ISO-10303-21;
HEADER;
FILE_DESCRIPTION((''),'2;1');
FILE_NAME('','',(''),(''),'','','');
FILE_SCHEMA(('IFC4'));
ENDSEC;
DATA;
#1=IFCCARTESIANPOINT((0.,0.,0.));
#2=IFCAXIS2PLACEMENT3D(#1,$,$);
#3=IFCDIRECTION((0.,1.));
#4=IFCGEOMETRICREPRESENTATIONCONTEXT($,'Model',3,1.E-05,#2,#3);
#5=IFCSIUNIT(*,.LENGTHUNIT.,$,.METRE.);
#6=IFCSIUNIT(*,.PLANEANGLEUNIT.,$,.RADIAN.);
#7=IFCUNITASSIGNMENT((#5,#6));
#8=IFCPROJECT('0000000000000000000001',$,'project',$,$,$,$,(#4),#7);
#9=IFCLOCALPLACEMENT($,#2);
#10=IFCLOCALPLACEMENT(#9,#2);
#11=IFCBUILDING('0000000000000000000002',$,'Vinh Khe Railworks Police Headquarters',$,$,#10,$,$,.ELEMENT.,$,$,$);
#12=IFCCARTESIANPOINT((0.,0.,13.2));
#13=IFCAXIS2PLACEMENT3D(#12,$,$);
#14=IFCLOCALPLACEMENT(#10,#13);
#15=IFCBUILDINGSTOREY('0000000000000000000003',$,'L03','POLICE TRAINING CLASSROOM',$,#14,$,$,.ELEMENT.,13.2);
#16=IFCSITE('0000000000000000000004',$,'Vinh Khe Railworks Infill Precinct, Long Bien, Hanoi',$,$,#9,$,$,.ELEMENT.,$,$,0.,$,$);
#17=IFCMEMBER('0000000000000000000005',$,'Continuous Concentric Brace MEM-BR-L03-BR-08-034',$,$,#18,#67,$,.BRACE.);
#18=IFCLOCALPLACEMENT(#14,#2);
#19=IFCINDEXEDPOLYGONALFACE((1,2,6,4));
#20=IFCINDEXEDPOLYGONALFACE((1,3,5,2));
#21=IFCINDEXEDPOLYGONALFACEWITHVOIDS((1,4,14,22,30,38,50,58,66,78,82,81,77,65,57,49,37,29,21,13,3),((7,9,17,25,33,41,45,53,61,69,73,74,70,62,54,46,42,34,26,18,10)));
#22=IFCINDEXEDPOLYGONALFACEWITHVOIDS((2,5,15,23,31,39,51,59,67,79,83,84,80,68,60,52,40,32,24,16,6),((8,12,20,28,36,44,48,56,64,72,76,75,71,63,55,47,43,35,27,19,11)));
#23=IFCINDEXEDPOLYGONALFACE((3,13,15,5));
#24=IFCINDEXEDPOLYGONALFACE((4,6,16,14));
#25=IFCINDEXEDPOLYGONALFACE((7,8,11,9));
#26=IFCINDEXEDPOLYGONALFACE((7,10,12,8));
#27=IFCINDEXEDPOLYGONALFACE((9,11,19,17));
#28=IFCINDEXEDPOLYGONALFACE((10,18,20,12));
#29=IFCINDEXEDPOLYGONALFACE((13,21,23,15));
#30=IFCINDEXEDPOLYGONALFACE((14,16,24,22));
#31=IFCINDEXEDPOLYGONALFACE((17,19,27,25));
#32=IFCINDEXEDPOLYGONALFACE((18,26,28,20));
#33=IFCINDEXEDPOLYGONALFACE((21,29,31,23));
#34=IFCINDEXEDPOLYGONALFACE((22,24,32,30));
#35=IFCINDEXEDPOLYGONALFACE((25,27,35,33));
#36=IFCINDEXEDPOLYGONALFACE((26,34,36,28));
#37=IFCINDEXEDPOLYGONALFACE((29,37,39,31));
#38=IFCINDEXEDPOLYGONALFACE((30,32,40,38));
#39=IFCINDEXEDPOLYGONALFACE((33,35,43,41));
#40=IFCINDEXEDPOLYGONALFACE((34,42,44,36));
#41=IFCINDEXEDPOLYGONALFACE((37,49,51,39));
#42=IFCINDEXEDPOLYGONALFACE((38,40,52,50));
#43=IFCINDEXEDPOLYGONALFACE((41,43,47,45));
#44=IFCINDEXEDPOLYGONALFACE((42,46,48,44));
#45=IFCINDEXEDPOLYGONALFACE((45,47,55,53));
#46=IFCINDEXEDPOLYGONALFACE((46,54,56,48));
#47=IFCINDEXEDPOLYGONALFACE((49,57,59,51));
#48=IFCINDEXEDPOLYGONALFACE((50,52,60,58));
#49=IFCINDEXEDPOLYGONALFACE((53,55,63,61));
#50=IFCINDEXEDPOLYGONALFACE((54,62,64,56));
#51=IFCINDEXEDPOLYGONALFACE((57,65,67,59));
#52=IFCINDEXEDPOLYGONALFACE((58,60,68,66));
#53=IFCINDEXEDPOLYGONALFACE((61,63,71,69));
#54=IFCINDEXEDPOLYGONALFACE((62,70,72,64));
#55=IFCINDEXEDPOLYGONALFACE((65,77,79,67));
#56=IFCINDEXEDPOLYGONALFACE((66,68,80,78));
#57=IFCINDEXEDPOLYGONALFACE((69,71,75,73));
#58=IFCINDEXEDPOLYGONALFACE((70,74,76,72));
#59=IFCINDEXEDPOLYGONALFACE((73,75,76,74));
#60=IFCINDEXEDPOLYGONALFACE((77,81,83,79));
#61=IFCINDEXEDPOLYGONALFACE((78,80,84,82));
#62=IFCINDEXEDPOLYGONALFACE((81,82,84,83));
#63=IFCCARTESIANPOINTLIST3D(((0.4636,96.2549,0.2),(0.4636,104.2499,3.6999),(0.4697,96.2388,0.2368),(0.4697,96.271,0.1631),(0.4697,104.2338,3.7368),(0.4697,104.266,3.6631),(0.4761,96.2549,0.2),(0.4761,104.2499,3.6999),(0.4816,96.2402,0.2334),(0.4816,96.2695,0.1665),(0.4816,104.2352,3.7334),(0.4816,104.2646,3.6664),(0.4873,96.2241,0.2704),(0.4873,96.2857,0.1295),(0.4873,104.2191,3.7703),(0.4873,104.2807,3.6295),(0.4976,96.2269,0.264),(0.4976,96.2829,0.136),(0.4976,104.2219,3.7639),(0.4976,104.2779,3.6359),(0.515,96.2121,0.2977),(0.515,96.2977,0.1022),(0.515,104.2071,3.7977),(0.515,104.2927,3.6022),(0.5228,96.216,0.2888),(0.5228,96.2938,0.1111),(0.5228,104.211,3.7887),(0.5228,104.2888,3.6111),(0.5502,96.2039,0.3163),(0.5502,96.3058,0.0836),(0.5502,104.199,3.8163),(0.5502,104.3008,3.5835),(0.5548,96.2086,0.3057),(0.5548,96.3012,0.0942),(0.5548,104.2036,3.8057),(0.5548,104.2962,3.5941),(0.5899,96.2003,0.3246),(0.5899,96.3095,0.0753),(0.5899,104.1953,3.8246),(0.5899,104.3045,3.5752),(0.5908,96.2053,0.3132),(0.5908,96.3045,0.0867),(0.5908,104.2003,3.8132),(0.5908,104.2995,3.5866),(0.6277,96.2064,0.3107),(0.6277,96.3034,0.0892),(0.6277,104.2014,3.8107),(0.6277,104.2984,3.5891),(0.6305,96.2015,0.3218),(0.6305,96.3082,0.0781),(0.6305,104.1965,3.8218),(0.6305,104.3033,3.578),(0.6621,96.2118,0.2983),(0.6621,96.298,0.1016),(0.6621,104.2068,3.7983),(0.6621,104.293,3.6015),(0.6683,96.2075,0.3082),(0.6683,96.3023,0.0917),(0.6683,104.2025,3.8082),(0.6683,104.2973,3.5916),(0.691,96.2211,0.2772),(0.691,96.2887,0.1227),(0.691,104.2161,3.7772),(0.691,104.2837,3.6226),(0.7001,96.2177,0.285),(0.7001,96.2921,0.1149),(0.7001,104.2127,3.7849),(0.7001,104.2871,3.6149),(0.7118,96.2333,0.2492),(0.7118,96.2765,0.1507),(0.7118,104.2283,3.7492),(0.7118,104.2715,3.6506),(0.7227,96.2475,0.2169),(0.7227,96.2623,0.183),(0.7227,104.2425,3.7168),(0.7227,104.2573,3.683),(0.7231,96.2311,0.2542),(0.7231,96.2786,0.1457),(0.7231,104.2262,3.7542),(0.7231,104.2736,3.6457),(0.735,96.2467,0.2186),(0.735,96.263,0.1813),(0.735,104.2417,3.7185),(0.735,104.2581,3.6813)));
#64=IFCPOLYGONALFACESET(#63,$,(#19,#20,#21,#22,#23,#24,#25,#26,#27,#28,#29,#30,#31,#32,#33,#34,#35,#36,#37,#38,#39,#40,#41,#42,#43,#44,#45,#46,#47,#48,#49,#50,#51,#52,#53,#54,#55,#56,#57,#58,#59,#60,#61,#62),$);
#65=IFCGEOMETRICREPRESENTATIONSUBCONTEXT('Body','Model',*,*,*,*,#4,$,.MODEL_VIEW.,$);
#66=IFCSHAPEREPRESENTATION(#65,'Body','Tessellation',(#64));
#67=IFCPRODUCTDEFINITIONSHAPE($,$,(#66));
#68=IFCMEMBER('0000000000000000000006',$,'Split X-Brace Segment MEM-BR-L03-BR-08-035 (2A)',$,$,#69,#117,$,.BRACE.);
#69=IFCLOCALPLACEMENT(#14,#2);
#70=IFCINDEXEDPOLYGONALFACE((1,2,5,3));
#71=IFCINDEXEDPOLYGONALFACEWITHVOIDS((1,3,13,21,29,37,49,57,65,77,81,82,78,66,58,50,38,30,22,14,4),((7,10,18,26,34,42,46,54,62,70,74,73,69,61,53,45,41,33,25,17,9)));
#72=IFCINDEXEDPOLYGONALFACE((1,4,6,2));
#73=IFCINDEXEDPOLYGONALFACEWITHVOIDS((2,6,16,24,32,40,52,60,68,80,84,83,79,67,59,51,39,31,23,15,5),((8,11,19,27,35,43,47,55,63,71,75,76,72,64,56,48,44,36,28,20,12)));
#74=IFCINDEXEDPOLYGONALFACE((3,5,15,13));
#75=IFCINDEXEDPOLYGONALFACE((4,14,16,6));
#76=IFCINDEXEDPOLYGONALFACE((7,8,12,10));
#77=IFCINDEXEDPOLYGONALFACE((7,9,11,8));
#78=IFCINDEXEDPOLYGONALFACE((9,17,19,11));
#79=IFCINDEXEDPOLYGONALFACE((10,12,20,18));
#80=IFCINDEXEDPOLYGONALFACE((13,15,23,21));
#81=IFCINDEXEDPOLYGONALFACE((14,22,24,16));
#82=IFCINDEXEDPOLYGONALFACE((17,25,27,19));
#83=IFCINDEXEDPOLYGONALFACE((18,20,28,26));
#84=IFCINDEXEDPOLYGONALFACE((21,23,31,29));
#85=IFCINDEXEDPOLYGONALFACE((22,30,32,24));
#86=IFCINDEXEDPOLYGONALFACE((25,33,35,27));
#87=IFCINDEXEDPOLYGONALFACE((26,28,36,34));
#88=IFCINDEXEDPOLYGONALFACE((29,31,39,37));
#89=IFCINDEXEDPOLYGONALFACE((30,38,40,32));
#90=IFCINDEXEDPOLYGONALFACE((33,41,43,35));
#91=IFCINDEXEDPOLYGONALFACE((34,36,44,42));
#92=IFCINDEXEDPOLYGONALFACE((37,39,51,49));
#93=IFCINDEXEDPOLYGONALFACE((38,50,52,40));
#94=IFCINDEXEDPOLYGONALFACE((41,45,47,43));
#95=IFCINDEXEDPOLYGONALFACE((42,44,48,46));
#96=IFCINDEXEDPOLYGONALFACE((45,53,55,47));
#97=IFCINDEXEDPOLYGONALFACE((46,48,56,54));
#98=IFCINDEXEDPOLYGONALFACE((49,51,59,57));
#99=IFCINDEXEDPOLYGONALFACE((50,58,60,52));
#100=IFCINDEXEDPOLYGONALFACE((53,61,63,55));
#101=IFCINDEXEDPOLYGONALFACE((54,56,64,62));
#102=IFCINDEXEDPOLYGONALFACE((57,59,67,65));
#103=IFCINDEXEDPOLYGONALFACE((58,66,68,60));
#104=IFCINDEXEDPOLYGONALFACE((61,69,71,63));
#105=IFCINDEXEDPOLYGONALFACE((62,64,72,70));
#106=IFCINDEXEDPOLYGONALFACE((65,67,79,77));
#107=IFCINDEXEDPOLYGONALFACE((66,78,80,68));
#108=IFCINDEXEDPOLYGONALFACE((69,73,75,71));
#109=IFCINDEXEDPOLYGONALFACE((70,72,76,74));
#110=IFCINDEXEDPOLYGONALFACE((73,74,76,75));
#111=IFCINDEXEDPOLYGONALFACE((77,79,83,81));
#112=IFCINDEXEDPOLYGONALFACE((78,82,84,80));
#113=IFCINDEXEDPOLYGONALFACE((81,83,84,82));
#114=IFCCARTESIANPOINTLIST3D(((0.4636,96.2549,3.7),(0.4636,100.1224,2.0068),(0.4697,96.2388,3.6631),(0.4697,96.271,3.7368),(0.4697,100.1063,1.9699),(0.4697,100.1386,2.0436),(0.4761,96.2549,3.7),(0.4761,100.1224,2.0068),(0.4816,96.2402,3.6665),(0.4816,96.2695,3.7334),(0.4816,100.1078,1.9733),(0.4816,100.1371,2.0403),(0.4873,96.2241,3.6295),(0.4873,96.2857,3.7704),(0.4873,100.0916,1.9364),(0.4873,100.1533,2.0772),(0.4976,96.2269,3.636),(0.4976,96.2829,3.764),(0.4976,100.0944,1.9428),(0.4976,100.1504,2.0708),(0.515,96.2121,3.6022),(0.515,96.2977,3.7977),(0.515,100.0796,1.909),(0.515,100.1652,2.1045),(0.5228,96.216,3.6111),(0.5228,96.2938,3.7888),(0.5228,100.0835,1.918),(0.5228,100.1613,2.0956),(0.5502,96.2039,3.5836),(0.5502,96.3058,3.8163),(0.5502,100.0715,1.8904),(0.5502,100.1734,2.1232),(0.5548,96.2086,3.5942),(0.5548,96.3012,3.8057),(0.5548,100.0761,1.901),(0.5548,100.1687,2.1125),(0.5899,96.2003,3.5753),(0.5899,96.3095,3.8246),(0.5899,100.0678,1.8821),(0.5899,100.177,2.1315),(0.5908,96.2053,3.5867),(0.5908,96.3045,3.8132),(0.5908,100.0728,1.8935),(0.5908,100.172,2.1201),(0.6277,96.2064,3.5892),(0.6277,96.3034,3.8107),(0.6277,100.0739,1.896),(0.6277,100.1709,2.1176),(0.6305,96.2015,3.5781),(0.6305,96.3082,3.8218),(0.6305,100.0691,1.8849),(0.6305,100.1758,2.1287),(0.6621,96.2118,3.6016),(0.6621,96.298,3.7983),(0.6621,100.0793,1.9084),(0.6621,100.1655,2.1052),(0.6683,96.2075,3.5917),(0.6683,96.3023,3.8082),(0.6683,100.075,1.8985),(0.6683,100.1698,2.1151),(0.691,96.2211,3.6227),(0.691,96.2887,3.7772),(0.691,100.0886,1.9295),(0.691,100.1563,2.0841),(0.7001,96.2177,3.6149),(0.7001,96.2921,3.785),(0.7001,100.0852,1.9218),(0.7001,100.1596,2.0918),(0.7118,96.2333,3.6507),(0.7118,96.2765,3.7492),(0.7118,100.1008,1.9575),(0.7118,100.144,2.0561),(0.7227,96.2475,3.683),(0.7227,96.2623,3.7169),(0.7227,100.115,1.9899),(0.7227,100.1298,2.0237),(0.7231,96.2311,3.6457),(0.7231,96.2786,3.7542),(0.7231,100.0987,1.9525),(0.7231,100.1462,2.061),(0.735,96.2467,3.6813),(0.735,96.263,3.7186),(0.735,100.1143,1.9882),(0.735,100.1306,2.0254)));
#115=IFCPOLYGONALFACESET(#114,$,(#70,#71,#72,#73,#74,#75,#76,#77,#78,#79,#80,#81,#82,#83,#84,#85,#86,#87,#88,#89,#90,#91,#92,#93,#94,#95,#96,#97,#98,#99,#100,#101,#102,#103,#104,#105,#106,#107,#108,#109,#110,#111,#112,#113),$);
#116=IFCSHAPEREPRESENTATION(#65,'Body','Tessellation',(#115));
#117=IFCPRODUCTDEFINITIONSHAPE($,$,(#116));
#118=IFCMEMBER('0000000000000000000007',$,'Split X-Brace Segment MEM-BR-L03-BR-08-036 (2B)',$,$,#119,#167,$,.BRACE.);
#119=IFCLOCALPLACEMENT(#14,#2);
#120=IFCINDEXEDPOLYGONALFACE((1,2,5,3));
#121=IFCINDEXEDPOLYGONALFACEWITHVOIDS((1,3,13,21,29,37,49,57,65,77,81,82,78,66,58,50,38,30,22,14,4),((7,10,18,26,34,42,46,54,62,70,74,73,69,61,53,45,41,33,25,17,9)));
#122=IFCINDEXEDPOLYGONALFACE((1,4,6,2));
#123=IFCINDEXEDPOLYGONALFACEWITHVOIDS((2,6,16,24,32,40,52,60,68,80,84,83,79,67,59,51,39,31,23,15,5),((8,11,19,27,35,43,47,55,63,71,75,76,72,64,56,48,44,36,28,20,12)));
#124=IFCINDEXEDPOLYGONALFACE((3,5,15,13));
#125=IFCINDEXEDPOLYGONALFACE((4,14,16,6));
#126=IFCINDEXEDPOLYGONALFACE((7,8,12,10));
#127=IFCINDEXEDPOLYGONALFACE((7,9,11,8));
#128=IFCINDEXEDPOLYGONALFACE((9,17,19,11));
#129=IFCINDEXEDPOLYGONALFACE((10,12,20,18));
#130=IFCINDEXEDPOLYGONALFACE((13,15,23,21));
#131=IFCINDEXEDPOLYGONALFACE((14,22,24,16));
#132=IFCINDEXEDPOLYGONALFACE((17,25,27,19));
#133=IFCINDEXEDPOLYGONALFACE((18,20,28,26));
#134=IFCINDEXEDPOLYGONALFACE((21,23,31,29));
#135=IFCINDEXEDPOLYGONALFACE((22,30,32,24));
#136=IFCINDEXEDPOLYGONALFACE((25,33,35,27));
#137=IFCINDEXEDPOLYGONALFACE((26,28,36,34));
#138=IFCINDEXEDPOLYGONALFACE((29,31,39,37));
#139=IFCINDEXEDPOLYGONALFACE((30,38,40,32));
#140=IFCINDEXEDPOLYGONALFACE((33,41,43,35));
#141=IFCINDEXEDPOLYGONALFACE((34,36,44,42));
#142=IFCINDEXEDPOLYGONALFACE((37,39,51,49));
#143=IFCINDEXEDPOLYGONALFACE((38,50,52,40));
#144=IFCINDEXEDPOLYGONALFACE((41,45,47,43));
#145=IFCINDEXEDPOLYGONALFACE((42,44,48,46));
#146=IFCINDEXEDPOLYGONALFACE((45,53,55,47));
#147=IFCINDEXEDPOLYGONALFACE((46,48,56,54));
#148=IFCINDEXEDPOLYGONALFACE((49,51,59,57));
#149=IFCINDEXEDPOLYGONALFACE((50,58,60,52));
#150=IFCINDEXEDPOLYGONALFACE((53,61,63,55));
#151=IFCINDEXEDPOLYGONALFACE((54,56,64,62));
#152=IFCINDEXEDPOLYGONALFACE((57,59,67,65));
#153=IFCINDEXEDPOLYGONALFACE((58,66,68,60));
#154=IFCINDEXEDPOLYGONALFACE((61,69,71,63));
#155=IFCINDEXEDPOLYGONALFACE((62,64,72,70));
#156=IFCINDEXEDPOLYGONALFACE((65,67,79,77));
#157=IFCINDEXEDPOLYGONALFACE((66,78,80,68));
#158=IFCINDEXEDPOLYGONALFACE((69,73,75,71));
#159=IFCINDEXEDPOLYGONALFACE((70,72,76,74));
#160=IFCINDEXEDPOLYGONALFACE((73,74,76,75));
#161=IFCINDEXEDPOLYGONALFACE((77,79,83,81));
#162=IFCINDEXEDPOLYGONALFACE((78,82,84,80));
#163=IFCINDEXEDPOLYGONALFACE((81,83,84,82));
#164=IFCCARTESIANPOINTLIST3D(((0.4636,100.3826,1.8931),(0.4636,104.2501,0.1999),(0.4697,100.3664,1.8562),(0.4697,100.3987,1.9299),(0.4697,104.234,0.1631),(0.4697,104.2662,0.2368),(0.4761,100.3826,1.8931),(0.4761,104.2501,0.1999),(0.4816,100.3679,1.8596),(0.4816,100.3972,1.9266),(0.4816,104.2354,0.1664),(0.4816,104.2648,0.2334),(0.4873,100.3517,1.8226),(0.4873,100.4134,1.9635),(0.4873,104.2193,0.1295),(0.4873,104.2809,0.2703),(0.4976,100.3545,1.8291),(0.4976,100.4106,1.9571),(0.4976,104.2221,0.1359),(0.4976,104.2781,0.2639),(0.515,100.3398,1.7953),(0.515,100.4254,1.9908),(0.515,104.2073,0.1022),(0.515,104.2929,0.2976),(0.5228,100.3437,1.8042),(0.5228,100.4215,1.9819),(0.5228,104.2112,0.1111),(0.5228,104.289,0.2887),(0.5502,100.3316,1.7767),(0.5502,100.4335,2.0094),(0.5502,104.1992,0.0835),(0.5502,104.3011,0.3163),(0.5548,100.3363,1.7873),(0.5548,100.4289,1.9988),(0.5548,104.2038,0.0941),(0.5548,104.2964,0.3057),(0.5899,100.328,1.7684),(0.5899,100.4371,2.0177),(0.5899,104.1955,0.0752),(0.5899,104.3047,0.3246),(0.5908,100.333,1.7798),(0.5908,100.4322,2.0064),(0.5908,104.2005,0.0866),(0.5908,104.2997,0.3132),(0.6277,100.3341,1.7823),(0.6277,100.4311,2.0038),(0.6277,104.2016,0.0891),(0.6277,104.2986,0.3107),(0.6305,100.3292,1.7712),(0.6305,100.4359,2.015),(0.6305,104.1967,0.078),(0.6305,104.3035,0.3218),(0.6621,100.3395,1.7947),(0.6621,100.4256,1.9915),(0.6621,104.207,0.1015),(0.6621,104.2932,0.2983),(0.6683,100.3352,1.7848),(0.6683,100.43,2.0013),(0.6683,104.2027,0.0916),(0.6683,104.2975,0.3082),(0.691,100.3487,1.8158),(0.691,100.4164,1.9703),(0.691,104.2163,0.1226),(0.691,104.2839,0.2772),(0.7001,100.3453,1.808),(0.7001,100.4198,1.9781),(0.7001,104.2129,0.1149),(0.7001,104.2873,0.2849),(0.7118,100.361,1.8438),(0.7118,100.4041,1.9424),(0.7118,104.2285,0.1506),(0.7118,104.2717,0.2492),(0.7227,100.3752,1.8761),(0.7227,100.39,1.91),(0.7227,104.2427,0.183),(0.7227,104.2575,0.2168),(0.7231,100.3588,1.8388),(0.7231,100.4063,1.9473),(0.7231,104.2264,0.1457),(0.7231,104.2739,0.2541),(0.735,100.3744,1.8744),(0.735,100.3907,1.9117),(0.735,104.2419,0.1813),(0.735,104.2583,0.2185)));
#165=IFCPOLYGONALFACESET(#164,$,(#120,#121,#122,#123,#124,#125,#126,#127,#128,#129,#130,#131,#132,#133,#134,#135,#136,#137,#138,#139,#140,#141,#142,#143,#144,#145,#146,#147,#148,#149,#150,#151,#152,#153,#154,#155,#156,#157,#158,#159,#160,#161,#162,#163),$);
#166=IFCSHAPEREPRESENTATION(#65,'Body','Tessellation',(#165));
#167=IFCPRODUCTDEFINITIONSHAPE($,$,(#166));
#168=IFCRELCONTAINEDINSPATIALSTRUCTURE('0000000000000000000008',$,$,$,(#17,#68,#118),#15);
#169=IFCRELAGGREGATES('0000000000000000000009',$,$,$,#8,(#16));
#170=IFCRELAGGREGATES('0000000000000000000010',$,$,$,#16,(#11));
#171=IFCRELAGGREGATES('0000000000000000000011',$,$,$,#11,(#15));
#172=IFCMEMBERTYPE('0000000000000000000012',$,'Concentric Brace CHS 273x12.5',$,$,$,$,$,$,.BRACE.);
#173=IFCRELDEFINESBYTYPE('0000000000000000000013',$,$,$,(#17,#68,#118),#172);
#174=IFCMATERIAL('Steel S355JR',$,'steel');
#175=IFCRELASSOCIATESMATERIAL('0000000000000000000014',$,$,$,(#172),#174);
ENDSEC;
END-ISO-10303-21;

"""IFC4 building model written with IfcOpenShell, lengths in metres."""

from ifc_helpers import new_model, si_unit, direction, frame, origin, origin_2d, place, context, subcontext, project, spatial, hollow_circle, extrude, material, material_profile, profile_set, type_object, element, save


model = new_model("IFC4")

# Units and contexts
model_context = context("Model", 3, precision=1e-05, world=origin(), true_north=direction((0.0, 1.0)))
body_context = subcontext(model_context, "Body", "Model", "MODEL_VIEW")
ifc_project = project(units=[si_unit("LENGTHUNIT", "METRE"), si_unit("PLANEANGLEUNIT", "RADIAN")], contexts=[model_context])

# Site, building, storey
site_placement = place(None, origin())
site = spatial("IfcSite", under=ifc_project, at=site_placement, Name="Vinh Khe Railworks Infill Precinct, Long Bien, Hanoi", CompositionType="ELEMENT", RefElevation=0.0)
building_placement = place(site_placement, origin())
building = spatial("IfcBuilding", under=site, at=building_placement, Name="Vinh Khe Railworks Police Headquarters", CompositionType="ELEMENT")
storey_placement = place(building_placement, frame((0.0, 0.0, 13.2)))
storey = spatial("IfcBuildingStorey", under=building, at=storey_placement, Name="L03", Description="POLICE TRAINING CLASSROOM", CompositionType="ELEMENT", Elevation=13.2)

# Shared definitions
ifc_material_1 = material(Name="Steel S355JR", Category="steel")

# Members
ifc_material_profile_1 = material_profile(ifc_material_1, hollow_circle(Radius=0.1365, WallThickness=0.0125, at=origin_2d()), Name="CHS 273x12.5")
ifc_profile_set_1 = profile_set([ifc_material_profile_1], Name="Steel S355JR")
member_type = type_object("IfcMemberType", Name="Concentric Brace CHS 273x12.5", PredefinedType="BRACE", material=ifc_profile_set_1)
member_placement = place(storey_placement, frame((0.6001, 96.2549, 0.2), z_axis=(0.0, 0.916067, 0.401024), x_axis=(-1.0, 0.0, 0.0)))
element("IfcMember", 1, at=member_placement, inside=storey, type_object=member_type, Name="Continuous Concentric Brace MEM-BR-L03-BR-08-034", PredefinedType="BRACE", context=body_context, shape_type="SweptSolid", body=[
    extrude(hollow_circle(Radius=0.1365, WallThickness=0.0125, at=origin_2d()), origin(), (0.0, 0.0, 1.0), 8.7275),
])
for number, where, z_axis, x_axis, name in (
    (2, (0.6001, 96.2549, 3.7), (0.0, 0.91606, -0.40104), (-1.0, 0.0, 0.0), "Split X-Brace Segment MEM-BR-L03-BR-08-035 (2A)"),
    (3, (0.6001, 100.3826, 1.8931), (0.0, 0.91606, -0.40104), (-1.0, 0.0, 0.0), "Split X-Brace Segment MEM-BR-L03-BR-08-036 (2B)"),
):
    element("IfcMember", number, at=place(storey_placement, frame(where, z_axis=z_axis, x_axis=x_axis)), inside=storey, type_object=member_type, Name=name, PredefinedType="BRACE", context=body_context, shape_type="SweptSolid", body=[
        extrude(hollow_circle(Radius=0.1365, WallThickness=0.0125, at=origin_2d()), origin(), (0.0, 0.0, 1.0), 4.2219),
    ])

save(model, "model.ifc")
